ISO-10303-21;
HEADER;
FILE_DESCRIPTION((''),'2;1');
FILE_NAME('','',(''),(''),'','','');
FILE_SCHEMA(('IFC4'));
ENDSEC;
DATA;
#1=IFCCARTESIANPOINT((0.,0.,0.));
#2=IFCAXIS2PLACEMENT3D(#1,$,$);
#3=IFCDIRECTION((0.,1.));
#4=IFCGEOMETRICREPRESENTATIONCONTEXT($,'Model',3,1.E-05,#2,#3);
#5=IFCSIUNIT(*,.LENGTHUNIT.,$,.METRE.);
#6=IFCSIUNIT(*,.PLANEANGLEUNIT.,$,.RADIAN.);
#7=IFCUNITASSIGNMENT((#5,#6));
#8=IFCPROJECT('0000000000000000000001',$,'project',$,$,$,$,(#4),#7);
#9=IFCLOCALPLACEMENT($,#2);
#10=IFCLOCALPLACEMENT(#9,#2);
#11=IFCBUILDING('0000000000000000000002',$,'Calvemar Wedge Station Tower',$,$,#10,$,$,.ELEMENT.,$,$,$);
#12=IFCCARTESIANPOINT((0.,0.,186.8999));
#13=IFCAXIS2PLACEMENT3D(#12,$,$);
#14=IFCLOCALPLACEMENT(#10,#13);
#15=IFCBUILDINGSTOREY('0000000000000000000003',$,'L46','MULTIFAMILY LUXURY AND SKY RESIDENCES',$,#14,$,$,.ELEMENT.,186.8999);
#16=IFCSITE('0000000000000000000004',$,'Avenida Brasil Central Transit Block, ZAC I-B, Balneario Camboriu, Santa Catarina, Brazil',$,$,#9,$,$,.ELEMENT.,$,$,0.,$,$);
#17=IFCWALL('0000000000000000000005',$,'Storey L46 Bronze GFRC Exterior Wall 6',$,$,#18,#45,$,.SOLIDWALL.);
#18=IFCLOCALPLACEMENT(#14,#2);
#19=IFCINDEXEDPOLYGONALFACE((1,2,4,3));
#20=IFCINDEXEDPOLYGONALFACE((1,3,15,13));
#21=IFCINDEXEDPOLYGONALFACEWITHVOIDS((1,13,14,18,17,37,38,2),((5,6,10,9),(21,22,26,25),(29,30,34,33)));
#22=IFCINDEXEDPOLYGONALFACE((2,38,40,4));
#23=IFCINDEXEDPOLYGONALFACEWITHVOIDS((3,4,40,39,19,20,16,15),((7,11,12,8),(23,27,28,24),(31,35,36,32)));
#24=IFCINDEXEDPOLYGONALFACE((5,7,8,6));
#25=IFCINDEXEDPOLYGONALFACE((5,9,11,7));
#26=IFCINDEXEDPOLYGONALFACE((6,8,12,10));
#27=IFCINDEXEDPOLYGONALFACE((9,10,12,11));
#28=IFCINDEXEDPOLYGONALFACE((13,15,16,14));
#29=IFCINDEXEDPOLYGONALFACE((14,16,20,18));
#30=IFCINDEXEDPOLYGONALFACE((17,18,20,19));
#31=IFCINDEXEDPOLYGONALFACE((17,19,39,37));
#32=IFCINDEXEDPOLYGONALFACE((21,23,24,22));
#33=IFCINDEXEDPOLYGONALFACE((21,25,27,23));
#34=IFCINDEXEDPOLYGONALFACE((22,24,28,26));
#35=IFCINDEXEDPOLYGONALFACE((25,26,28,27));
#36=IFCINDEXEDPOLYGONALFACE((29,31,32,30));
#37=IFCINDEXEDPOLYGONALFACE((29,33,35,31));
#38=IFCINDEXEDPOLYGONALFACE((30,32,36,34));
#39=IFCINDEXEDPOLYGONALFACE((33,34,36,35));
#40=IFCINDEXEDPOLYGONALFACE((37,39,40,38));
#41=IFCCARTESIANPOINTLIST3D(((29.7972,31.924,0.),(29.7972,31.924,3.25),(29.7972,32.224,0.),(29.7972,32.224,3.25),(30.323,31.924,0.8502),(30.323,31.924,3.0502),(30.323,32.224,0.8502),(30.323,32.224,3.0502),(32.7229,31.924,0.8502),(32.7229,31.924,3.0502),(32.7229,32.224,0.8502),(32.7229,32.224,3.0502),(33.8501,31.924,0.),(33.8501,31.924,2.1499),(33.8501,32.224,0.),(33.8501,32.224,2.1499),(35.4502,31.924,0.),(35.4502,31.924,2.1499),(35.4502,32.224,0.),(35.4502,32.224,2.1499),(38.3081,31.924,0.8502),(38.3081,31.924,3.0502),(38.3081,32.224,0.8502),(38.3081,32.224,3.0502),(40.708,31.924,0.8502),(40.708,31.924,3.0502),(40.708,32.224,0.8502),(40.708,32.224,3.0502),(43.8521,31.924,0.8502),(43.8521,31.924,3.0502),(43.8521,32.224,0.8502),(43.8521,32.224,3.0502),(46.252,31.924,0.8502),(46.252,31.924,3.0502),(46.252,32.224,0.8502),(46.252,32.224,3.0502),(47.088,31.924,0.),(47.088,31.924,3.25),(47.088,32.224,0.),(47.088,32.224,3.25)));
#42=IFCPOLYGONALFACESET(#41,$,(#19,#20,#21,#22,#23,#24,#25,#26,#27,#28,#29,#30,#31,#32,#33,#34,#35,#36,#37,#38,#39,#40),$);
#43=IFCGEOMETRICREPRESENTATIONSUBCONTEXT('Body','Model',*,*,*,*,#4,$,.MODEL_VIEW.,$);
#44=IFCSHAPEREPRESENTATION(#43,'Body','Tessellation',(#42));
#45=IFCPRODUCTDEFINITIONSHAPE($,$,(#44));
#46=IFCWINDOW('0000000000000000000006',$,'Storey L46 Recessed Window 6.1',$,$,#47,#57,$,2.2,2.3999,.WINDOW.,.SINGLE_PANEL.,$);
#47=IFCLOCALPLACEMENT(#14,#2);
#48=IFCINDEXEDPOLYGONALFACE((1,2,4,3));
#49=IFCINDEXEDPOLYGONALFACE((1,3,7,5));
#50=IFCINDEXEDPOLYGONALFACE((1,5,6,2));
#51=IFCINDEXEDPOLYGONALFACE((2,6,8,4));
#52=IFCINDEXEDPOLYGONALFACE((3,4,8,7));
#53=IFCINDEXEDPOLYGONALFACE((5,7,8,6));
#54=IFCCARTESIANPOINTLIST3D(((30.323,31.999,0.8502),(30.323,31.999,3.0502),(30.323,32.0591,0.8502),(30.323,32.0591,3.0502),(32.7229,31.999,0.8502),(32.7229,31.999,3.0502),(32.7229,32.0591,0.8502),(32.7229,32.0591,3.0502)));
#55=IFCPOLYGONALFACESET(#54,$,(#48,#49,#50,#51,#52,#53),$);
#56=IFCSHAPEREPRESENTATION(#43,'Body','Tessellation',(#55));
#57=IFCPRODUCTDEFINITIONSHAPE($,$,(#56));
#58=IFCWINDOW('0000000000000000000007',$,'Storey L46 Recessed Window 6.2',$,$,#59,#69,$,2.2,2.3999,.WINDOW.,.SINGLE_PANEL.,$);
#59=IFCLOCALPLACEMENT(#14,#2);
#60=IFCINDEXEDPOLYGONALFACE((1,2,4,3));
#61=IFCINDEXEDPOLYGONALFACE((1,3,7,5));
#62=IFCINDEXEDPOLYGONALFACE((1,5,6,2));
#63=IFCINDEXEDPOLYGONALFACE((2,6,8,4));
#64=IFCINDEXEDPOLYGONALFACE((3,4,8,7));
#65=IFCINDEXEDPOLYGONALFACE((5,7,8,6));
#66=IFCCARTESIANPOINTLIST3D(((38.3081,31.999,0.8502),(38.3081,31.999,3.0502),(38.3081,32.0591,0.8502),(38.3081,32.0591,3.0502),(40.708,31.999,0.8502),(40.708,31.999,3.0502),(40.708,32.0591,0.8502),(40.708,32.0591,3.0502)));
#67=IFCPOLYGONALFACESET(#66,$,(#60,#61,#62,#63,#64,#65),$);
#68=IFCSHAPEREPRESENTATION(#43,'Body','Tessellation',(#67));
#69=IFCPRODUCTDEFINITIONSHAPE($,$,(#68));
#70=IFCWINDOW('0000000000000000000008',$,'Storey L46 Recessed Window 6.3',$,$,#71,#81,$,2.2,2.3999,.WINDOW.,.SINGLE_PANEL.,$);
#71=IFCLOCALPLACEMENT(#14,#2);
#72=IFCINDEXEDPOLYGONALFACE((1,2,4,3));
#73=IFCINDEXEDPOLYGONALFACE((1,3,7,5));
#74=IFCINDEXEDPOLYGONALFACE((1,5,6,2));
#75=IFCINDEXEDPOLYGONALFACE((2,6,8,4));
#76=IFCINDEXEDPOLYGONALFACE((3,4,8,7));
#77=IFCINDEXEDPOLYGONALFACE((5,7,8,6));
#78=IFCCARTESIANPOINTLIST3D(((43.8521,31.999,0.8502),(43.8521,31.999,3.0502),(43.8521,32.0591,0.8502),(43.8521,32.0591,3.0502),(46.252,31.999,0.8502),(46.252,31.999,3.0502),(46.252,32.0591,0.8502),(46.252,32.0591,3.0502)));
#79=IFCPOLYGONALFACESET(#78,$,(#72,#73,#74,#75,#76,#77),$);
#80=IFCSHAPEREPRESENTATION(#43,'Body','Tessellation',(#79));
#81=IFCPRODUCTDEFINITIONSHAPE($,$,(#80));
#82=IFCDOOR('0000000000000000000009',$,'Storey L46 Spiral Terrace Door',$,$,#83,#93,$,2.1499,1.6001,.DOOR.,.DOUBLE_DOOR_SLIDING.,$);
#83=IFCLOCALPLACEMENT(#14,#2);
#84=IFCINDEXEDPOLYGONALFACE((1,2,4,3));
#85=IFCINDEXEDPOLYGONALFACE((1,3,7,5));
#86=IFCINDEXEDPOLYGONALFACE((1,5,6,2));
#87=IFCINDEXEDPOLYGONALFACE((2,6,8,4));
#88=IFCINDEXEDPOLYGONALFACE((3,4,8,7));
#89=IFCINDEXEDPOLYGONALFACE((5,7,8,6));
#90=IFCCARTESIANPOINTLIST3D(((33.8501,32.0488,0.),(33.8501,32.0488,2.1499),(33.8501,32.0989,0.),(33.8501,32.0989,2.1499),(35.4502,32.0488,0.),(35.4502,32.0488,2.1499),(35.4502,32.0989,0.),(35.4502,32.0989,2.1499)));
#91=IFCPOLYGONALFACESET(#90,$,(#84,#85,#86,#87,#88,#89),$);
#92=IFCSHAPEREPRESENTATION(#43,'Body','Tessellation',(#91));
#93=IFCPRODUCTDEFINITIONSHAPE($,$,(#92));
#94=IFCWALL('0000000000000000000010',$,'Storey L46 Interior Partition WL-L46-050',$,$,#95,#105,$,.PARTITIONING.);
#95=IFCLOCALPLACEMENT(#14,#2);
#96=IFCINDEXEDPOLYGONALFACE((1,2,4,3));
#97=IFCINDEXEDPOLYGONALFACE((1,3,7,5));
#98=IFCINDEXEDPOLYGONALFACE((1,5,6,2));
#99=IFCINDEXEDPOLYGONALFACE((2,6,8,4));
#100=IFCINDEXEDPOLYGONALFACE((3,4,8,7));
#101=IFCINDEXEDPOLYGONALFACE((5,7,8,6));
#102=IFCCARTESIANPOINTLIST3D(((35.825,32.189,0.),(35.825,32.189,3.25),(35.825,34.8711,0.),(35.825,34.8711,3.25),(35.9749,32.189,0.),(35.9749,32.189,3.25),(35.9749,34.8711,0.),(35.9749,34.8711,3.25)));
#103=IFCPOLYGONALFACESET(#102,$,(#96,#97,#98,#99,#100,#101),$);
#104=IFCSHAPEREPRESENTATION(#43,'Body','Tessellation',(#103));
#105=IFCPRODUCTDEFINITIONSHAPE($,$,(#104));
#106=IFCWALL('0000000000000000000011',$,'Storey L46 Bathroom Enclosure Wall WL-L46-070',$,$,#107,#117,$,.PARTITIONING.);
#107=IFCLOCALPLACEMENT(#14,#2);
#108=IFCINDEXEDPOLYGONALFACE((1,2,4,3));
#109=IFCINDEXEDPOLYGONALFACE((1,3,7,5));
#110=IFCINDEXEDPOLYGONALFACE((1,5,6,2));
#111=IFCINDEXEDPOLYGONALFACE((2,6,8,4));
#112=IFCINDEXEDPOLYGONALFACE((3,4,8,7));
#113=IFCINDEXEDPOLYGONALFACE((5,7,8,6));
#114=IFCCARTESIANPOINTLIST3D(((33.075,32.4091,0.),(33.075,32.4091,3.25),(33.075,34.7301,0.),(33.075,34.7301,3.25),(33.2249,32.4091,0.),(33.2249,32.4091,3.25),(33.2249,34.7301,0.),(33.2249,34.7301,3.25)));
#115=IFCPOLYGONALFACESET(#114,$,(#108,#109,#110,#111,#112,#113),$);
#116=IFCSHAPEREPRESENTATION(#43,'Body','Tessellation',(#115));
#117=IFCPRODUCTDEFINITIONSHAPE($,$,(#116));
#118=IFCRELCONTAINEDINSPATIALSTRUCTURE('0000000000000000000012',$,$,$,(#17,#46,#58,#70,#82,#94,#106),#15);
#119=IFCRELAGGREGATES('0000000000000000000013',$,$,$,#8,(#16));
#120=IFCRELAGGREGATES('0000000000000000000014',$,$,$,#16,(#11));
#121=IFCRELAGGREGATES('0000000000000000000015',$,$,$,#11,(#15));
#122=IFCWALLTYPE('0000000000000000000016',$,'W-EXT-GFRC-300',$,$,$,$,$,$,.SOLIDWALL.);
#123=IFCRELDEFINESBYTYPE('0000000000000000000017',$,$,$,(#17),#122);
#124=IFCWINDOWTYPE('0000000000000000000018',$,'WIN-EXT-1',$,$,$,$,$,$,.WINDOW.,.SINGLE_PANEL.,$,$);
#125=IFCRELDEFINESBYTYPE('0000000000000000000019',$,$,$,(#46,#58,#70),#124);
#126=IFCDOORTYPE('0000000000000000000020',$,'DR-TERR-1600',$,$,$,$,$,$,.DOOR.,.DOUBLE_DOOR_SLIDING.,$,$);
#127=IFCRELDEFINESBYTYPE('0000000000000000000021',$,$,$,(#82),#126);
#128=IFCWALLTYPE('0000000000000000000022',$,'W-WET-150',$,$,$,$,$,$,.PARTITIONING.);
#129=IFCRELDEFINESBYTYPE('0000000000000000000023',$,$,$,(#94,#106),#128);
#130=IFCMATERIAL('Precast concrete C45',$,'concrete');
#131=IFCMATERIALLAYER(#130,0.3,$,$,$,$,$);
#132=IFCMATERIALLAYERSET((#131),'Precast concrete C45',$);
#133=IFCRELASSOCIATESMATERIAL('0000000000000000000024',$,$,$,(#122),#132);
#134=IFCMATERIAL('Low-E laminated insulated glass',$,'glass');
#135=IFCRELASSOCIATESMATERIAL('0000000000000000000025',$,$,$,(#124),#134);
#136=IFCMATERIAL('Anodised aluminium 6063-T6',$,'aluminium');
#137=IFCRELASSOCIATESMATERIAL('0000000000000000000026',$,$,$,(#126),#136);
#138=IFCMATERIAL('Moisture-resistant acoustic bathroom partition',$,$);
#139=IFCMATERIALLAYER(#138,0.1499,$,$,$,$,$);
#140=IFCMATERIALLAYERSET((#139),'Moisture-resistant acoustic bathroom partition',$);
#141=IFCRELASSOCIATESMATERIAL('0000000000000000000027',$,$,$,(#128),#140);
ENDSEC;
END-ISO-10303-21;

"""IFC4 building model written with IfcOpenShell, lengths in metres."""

from ifc_helpers import new_model, si_unit, direction, frame, frame_2d, origin, place, context, subcontext, project, spatial, rectangle, extrude, source, transform, mapped, material, layer, layer_set, type_object, element, fill, save


model = new_model("IFC4")

# Units and contexts
model_context = context("Model", 3, precision=1e-05, world=origin(), true_north=direction((0.0, 1.0)))
body_context = subcontext(model_context, "Body", "Model", "MODEL_VIEW")
ifc_project = project(units=[si_unit("LENGTHUNIT", "METRE"), si_unit("PLANEANGLEUNIT", "RADIAN")], contexts=[model_context])

# Site, building, storey
site_placement = place(None, origin())
site = spatial("IfcSite", under=ifc_project, at=site_placement, Name="Avenida Brasil Central Transit Block, ZAC I-B, Balneario Camboriu, Santa Catarina, Brazil", CompositionType="ELEMENT", RefElevation=0.0)
building_placement = place(site_placement, origin())
building = spatial("IfcBuilding", under=site, at=building_placement, Name="Calvemar Wedge Station Tower", CompositionType="ELEMENT")
storey_placement = place(building_placement, frame((0.0, 0.0, 186.8999)))
storey = spatial("IfcBuildingStorey", under=building, at=storey_placement, Name="L46", Description="MULTIFAMILY LUXURY AND SKY RESIDENCES", CompositionType="ELEMENT", Elevation=186.8999)

# Shared definitions
ifc_material_1 = material(Name="Anodised aluminium 6063-T6", Category="aluminium")
ifc_material_2 = material(Name="Low-E laminated insulated glass", Category="glass")

# Shared definitions
ifc_material_3 = material(Name="Precast concrete C45", Category="concrete")
ifc_layer_1 = layer(ifc_material_3, 0.3)
ifc_layer_set_1 = layer_set([ifc_layer_1], Name="Precast concrete C45")
wall_type_1 = type_object("IfcWallType", Name="W-EXT-GFRC-300", PredefinedType="SOLIDWALL", material=ifc_layer_set_1)

# Wall, openings, windows, door
wall_1_placement = place(storey_placement, frame((29.7971, 32.074, 0.0), z_axis=(0.0, 0.0, 1.0), x_axis=(1.0, 0.0, 0.0)))
wall_1 = element("IfcWall", 1, at=wall_1_placement, inside=storey, type_object=wall_type_1, Name="Storey L46 Bronze GFRC Exterior Wall 6", PredefinedType="SOLIDWALL", context=body_context, shape_type="SweptSolid", body=[
    extrude(rectangle(XDim=17.2908, YDim=0.3, at=frame_2d((8.6455, 0.0))), origin(), (0.0, 0.0, 1.0), 3.25),
])
shared_shape_1 = source(origin(), body_context, "Body", "SweptSolid", [
    extrude(rectangle(XDim=1.6001, YDim=2.1499, at=frame_2d((0.8, 1.075))), frame((0.0, 0.1602, 0.0), z_axis=(0.0, -1.0, 0.0), x_axis=(1.0, 0.0, 0.0)), (0.0, 0.0, 1.0), 0.3201),
])
opening_1_placement = place(wall_1_placement, frame((4.053, 0.0, 0.0)))
opening_1 = element("IfcOpeningElement", 2, at=opening_1_placement, cuts=wall_1, PredefinedType="OPENING", context=body_context, shape_type="MappedRepresentation", body=[
    mapped(shared_shape_1, transform((0.0, 0.0, 0.0), scale=1.0)),
])
shared_shape_2 = source(origin(), body_context, "Body", "SweptSolid", [
    extrude(rectangle(XDim=2.3999, YDim=2.2, at=frame_2d((1.2, 1.1001))), frame((0.0, 0.1602, 0.0), z_axis=(0.0, -1.0, 0.0), x_axis=(1.0, 0.0, 0.0)), (0.0, 0.0, 1.0), 0.3201),
])
opening_2_placement = place(wall_1_placement, frame((0.5259, 0.0, 0.8501)))
opening_2 = element("IfcOpeningElement", 3, at=opening_2_placement, cuts=wall_1, PredefinedType="OPENING", context=body_context, shape_type="MappedRepresentation", body=[
    mapped(shared_shape_2, transform((0.0, 0.0, 0.0), scale=1.0)),
])
opening_3_placement = place(wall_1_placement, frame((8.511, 0.0, 0.8501)))
opening_3 = element("IfcOpeningElement", 4, at=opening_3_placement, cuts=wall_1, PredefinedType="OPENING", context=body_context, shape_type="MappedRepresentation", body=[
    mapped(shared_shape_2, transform((0.0, 0.0, 0.0), scale=1.0)),
])
opening_4_placement = place(wall_1_placement, frame((14.0549, 0.0, 0.8501)))
opening_4 = element("IfcOpeningElement", 5, at=opening_4_placement, cuts=wall_1, PredefinedType="OPENING", context=body_context, shape_type="MappedRepresentation", body=[
    mapped(shared_shape_2, transform((0.0, 0.0, 0.0), scale=1.0)),
])
window_type_1 = type_object("IfcWindowType", Name="WIN-EXT-1", PartitioningType="SINGLE_PANEL", PredefinedType="WINDOW", material=ifc_material_2)
shared_shape_3 = source(origin(), body_context, "Body", "SweptSolid", [
    extrude(rectangle(XDim=2.3999, YDim=2.2, at=frame_2d((1.2, 1.1001))), frame((0.0, -0.0149, 0.0), z_axis=(0.0, -1.0, 0.0), x_axis=(1.0, 0.0, 0.0)), (0.0, 0.0, 1.0), 0.0601),
])
window_1_placement = place(opening_2_placement, origin())
window_1 = element("IfcWindow", 6, at=window_1_placement, inside=storey, type_object=window_type_1, Name="Storey L46 Recessed Window 6.1", OverallHeight=2.2, OverallWidth=2.3999, PartitioningType="SINGLE_PANEL", PredefinedType="WINDOW", context=body_context, shape_type="MappedRepresentation", body=[
    mapped(shared_shape_3, transform((0.0, 0.0, 0.0), scale=1.0)),
])
fill(opening_2, window_1)
window_2_placement = place(opening_3_placement, origin())
window_2 = element("IfcWindow", 7, at=window_2_placement, inside=storey, type_object=window_type_1, Name="Storey L46 Recessed Window 6.2", OverallHeight=2.2, OverallWidth=2.3999, PartitioningType="SINGLE_PANEL", PredefinedType="WINDOW", context=body_context, shape_type="MappedRepresentation", body=[
    mapped(shared_shape_3, transform((0.0, 0.0, 0.0), scale=1.0)),
])
fill(opening_3, window_2)
window_3_placement = place(opening_4_placement, origin())
window_3 = element("IfcWindow", 8, at=window_3_placement, inside=storey, type_object=window_type_1, Name="Storey L46 Recessed Window 6.3", OverallHeight=2.2, OverallWidth=2.3999, PartitioningType="SINGLE_PANEL", PredefinedType="WINDOW", context=body_context, shape_type="MappedRepresentation", body=[
    mapped(shared_shape_3, transform((0.0, 0.0, 0.0), scale=1.0)),
])
fill(opening_4, window_3)
door_type_1 = type_object("IfcDoorType", Name="DR-TERR-1600", OperationType="DOUBLE_DOOR_SLIDING", PredefinedType="DOOR", material=ifc_material_1)
shared_shape_4 = source(origin(), body_context, "Body", "SweptSolid", [
    extrude(rectangle(XDim=1.6001, YDim=2.1499, at=frame_2d((0.8, 1.075))), frame((0.0, 0.0249, 0.0), z_axis=(0.0, -1.0, 0.0), x_axis=(1.0, 0.0, 0.0)), (0.0, 0.0, 1.0), 0.05),
])
door_1_placement = place(opening_1_placement, origin())
door_1 = element("IfcDoor", 9, at=door_1_placement, inside=storey, type_object=door_type_1, Name="Storey L46 Spiral Terrace Door", OperationType="DOUBLE_DOOR_SLIDING", OverallHeight=2.1499, OverallWidth=1.6001, PredefinedType="DOOR", context=body_context, shape_type="MappedRepresentation", body=[
    mapped(shared_shape_4, transform((0.0, 0.0, 0.0), scale=1.0)),
])
fill(opening_1, door_1)

# Shared definitions
ifc_material_4 = material(Name="Moisture-resistant acoustic bathroom partition")
ifc_layer_2 = layer(ifc_material_4, 0.1499)
ifc_layer_set_2 = layer_set([ifc_layer_2], Name="Moisture-resistant acoustic bathroom partition")
wall_type_2 = type_object("IfcWallType", Name="W-WET-150", PredefinedType="PARTITIONING", material=ifc_layer_set_2)

# Walls
wall_2_placement = place(storey_placement, frame((35.8999, 34.8711, 0.0), z_axis=(0.0, 0.0, 1.0), x_axis=(0.0, -1.0, 0.0)))
element("IfcWall", 10, at=wall_2_placement, inside=storey, type_object=wall_type_2, Name="Storey L46 Interior Partition WL-L46-050", PredefinedType="PARTITIONING", context=body_context, shape_type="SweptSolid", body=[
    extrude(rectangle(XDim=2.6821, YDim=0.1499, at=frame_2d((1.3411, 0.0))), origin(), (0.0, 0.0, 1.0), 3.25),
])
wall_3_placement = place(storey_placement, frame((33.1499, 32.4089, 0.0), z_axis=(0.0, 0.0, 1.0), x_axis=(0.0, 1.0, 0.0)))
element("IfcWall", 11, at=wall_3_placement, inside=storey, type_object=wall_type_2, Name="Storey L46 Bathroom Enclosure Wall WL-L46-070", PredefinedType="PARTITIONING", context=body_context, shape_type="SweptSolid", body=[
    extrude(rectangle(XDim=2.321, YDim=0.1499, at=frame_2d((1.1606, 0.0))), origin(), (0.0, 0.0, 1.0), 3.25),
])

save(model, "model.ifc")
